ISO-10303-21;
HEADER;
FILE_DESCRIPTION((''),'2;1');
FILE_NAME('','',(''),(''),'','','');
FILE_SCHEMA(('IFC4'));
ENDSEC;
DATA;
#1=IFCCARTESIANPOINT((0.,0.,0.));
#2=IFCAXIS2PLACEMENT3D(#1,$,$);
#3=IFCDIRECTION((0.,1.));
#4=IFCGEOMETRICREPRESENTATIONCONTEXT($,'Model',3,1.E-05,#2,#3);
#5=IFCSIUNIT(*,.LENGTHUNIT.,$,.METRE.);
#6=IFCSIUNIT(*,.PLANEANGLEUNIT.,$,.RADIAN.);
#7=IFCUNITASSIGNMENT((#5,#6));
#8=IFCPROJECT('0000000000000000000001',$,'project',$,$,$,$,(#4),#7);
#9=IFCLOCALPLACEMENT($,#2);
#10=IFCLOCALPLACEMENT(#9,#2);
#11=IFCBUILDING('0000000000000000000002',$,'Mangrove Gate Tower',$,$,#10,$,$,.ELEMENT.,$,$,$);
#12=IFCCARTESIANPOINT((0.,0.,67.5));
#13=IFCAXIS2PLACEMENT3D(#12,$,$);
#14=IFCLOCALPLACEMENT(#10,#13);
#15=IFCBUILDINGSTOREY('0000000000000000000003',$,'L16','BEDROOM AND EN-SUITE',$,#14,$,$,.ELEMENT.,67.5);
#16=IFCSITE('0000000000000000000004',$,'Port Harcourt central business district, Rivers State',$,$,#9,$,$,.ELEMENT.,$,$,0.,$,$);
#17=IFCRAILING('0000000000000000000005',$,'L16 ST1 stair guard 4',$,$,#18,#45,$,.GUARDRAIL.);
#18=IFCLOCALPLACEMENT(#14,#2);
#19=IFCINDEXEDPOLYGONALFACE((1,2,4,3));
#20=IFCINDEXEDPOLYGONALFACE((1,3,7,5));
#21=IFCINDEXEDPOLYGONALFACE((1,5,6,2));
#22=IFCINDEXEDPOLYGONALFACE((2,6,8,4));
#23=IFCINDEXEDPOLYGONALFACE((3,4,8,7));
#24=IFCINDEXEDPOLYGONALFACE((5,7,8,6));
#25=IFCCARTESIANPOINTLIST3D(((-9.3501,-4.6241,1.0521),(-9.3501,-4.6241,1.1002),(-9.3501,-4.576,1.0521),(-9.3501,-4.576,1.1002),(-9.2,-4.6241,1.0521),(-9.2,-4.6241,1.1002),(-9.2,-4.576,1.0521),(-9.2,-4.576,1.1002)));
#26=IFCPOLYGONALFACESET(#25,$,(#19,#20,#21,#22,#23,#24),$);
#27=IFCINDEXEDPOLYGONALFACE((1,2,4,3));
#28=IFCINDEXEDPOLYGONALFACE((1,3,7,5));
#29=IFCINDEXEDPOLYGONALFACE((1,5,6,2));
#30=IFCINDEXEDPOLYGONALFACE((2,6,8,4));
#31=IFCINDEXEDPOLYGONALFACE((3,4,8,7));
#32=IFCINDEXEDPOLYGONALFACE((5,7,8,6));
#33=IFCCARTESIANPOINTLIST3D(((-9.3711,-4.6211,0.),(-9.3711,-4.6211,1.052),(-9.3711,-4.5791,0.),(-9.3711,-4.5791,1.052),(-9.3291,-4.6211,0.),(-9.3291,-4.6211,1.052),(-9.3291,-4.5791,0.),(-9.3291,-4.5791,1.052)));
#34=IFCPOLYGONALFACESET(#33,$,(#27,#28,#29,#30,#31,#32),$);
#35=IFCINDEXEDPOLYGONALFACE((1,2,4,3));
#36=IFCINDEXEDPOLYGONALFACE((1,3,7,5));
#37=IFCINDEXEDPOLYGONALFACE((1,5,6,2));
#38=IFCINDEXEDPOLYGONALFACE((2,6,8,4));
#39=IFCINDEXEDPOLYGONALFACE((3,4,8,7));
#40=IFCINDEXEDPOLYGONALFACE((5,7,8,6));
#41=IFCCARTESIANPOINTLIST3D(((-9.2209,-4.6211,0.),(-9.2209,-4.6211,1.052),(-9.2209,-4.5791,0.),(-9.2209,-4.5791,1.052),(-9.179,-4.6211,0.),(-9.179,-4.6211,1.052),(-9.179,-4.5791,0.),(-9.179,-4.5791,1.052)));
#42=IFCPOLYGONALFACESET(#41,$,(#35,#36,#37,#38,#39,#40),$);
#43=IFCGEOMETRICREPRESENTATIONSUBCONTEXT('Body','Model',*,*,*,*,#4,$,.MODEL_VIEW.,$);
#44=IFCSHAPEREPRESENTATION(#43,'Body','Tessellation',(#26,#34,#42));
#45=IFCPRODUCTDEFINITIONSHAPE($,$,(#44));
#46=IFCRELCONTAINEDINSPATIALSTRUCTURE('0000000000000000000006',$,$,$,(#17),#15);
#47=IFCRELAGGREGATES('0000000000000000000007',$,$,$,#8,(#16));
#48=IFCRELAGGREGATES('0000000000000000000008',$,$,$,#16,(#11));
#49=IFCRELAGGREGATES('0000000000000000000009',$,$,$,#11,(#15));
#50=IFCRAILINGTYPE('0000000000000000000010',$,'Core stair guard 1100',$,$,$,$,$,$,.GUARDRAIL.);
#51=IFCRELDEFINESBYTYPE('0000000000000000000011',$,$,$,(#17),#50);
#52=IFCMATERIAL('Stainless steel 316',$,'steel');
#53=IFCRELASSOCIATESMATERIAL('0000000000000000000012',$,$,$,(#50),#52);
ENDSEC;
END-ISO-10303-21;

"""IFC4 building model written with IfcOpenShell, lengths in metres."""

from ifc_helpers import new_model, si_unit, direction, frame, origin, origin_2d, place, context, subcontext, project, spatial, rectangle, extrude, material, type_object, element, save


model = new_model("IFC4")

# Units and contexts
model_context = context("Model", 3, precision=1e-05, world=origin(), true_north=direction((0.0, 1.0)))
body_context = subcontext(model_context, "Body", "Model", "MODEL_VIEW")
ifc_project = project(units=[si_unit("LENGTHUNIT", "METRE"), si_unit("PLANEANGLEUNIT", "RADIAN")], contexts=[model_context])

# Site, building, storey
site_placement = place(None, origin())
site = spatial("IfcSite", under=ifc_project, at=site_placement, Name="Port Harcourt central business district, Rivers State", CompositionType="ELEMENT", RefElevation=0.0)
building_placement = place(site_placement, origin())
building = spatial("IfcBuilding", under=site, at=building_placement, Name="Mangrove Gate Tower", CompositionType="ELEMENT")
storey_placement = place(building_placement, frame((0.0, 0.0, 67.5)))
storey = spatial("IfcBuildingStorey", under=building, at=storey_placement, Name="L16", Description="BEDROOM AND EN-SUITE", CompositionType="ELEMENT", Elevation=67.5)

# Railing
ifc_material_1 = material(Name="Stainless steel 316", Category="steel")
railing_type = type_object("IfcRailingType", Name="Core stair guard 1100", PredefinedType="GUARDRAIL", material=ifc_material_1)
railing_placement = place(storey_placement, frame((-9.3501, -4.6001, 0.0)))
element("IfcRailing", 1, at=railing_placement, inside=storey, type_object=railing_type, Name="L16 ST1 stair guard 4", PredefinedType="GUARDRAIL", context=body_context, shape_type="SweptSolid", body=[
    extrude(rectangle(XDim=0.0481, YDim=0.0481, at=origin_2d()), frame((0.0, 0.0, 1.0762), z_axis=(1.0, 0.0, 0.0), x_axis=(0.0, 1.0, 0.0)), (0.0, 0.0, 1.0), 0.1501),
    extrude(rectangle(XDim=0.042, YDim=0.042, at=origin_2d()), origin(), (0.0, 0.0, 1.0), 1.052),
    extrude(rectangle(XDim=0.042, YDim=0.042, at=origin_2d()), frame((0.1501, 0.0, 0.0)), (0.0, 0.0, 1.0), 1.052),
])

save(model, "model.ifc")
